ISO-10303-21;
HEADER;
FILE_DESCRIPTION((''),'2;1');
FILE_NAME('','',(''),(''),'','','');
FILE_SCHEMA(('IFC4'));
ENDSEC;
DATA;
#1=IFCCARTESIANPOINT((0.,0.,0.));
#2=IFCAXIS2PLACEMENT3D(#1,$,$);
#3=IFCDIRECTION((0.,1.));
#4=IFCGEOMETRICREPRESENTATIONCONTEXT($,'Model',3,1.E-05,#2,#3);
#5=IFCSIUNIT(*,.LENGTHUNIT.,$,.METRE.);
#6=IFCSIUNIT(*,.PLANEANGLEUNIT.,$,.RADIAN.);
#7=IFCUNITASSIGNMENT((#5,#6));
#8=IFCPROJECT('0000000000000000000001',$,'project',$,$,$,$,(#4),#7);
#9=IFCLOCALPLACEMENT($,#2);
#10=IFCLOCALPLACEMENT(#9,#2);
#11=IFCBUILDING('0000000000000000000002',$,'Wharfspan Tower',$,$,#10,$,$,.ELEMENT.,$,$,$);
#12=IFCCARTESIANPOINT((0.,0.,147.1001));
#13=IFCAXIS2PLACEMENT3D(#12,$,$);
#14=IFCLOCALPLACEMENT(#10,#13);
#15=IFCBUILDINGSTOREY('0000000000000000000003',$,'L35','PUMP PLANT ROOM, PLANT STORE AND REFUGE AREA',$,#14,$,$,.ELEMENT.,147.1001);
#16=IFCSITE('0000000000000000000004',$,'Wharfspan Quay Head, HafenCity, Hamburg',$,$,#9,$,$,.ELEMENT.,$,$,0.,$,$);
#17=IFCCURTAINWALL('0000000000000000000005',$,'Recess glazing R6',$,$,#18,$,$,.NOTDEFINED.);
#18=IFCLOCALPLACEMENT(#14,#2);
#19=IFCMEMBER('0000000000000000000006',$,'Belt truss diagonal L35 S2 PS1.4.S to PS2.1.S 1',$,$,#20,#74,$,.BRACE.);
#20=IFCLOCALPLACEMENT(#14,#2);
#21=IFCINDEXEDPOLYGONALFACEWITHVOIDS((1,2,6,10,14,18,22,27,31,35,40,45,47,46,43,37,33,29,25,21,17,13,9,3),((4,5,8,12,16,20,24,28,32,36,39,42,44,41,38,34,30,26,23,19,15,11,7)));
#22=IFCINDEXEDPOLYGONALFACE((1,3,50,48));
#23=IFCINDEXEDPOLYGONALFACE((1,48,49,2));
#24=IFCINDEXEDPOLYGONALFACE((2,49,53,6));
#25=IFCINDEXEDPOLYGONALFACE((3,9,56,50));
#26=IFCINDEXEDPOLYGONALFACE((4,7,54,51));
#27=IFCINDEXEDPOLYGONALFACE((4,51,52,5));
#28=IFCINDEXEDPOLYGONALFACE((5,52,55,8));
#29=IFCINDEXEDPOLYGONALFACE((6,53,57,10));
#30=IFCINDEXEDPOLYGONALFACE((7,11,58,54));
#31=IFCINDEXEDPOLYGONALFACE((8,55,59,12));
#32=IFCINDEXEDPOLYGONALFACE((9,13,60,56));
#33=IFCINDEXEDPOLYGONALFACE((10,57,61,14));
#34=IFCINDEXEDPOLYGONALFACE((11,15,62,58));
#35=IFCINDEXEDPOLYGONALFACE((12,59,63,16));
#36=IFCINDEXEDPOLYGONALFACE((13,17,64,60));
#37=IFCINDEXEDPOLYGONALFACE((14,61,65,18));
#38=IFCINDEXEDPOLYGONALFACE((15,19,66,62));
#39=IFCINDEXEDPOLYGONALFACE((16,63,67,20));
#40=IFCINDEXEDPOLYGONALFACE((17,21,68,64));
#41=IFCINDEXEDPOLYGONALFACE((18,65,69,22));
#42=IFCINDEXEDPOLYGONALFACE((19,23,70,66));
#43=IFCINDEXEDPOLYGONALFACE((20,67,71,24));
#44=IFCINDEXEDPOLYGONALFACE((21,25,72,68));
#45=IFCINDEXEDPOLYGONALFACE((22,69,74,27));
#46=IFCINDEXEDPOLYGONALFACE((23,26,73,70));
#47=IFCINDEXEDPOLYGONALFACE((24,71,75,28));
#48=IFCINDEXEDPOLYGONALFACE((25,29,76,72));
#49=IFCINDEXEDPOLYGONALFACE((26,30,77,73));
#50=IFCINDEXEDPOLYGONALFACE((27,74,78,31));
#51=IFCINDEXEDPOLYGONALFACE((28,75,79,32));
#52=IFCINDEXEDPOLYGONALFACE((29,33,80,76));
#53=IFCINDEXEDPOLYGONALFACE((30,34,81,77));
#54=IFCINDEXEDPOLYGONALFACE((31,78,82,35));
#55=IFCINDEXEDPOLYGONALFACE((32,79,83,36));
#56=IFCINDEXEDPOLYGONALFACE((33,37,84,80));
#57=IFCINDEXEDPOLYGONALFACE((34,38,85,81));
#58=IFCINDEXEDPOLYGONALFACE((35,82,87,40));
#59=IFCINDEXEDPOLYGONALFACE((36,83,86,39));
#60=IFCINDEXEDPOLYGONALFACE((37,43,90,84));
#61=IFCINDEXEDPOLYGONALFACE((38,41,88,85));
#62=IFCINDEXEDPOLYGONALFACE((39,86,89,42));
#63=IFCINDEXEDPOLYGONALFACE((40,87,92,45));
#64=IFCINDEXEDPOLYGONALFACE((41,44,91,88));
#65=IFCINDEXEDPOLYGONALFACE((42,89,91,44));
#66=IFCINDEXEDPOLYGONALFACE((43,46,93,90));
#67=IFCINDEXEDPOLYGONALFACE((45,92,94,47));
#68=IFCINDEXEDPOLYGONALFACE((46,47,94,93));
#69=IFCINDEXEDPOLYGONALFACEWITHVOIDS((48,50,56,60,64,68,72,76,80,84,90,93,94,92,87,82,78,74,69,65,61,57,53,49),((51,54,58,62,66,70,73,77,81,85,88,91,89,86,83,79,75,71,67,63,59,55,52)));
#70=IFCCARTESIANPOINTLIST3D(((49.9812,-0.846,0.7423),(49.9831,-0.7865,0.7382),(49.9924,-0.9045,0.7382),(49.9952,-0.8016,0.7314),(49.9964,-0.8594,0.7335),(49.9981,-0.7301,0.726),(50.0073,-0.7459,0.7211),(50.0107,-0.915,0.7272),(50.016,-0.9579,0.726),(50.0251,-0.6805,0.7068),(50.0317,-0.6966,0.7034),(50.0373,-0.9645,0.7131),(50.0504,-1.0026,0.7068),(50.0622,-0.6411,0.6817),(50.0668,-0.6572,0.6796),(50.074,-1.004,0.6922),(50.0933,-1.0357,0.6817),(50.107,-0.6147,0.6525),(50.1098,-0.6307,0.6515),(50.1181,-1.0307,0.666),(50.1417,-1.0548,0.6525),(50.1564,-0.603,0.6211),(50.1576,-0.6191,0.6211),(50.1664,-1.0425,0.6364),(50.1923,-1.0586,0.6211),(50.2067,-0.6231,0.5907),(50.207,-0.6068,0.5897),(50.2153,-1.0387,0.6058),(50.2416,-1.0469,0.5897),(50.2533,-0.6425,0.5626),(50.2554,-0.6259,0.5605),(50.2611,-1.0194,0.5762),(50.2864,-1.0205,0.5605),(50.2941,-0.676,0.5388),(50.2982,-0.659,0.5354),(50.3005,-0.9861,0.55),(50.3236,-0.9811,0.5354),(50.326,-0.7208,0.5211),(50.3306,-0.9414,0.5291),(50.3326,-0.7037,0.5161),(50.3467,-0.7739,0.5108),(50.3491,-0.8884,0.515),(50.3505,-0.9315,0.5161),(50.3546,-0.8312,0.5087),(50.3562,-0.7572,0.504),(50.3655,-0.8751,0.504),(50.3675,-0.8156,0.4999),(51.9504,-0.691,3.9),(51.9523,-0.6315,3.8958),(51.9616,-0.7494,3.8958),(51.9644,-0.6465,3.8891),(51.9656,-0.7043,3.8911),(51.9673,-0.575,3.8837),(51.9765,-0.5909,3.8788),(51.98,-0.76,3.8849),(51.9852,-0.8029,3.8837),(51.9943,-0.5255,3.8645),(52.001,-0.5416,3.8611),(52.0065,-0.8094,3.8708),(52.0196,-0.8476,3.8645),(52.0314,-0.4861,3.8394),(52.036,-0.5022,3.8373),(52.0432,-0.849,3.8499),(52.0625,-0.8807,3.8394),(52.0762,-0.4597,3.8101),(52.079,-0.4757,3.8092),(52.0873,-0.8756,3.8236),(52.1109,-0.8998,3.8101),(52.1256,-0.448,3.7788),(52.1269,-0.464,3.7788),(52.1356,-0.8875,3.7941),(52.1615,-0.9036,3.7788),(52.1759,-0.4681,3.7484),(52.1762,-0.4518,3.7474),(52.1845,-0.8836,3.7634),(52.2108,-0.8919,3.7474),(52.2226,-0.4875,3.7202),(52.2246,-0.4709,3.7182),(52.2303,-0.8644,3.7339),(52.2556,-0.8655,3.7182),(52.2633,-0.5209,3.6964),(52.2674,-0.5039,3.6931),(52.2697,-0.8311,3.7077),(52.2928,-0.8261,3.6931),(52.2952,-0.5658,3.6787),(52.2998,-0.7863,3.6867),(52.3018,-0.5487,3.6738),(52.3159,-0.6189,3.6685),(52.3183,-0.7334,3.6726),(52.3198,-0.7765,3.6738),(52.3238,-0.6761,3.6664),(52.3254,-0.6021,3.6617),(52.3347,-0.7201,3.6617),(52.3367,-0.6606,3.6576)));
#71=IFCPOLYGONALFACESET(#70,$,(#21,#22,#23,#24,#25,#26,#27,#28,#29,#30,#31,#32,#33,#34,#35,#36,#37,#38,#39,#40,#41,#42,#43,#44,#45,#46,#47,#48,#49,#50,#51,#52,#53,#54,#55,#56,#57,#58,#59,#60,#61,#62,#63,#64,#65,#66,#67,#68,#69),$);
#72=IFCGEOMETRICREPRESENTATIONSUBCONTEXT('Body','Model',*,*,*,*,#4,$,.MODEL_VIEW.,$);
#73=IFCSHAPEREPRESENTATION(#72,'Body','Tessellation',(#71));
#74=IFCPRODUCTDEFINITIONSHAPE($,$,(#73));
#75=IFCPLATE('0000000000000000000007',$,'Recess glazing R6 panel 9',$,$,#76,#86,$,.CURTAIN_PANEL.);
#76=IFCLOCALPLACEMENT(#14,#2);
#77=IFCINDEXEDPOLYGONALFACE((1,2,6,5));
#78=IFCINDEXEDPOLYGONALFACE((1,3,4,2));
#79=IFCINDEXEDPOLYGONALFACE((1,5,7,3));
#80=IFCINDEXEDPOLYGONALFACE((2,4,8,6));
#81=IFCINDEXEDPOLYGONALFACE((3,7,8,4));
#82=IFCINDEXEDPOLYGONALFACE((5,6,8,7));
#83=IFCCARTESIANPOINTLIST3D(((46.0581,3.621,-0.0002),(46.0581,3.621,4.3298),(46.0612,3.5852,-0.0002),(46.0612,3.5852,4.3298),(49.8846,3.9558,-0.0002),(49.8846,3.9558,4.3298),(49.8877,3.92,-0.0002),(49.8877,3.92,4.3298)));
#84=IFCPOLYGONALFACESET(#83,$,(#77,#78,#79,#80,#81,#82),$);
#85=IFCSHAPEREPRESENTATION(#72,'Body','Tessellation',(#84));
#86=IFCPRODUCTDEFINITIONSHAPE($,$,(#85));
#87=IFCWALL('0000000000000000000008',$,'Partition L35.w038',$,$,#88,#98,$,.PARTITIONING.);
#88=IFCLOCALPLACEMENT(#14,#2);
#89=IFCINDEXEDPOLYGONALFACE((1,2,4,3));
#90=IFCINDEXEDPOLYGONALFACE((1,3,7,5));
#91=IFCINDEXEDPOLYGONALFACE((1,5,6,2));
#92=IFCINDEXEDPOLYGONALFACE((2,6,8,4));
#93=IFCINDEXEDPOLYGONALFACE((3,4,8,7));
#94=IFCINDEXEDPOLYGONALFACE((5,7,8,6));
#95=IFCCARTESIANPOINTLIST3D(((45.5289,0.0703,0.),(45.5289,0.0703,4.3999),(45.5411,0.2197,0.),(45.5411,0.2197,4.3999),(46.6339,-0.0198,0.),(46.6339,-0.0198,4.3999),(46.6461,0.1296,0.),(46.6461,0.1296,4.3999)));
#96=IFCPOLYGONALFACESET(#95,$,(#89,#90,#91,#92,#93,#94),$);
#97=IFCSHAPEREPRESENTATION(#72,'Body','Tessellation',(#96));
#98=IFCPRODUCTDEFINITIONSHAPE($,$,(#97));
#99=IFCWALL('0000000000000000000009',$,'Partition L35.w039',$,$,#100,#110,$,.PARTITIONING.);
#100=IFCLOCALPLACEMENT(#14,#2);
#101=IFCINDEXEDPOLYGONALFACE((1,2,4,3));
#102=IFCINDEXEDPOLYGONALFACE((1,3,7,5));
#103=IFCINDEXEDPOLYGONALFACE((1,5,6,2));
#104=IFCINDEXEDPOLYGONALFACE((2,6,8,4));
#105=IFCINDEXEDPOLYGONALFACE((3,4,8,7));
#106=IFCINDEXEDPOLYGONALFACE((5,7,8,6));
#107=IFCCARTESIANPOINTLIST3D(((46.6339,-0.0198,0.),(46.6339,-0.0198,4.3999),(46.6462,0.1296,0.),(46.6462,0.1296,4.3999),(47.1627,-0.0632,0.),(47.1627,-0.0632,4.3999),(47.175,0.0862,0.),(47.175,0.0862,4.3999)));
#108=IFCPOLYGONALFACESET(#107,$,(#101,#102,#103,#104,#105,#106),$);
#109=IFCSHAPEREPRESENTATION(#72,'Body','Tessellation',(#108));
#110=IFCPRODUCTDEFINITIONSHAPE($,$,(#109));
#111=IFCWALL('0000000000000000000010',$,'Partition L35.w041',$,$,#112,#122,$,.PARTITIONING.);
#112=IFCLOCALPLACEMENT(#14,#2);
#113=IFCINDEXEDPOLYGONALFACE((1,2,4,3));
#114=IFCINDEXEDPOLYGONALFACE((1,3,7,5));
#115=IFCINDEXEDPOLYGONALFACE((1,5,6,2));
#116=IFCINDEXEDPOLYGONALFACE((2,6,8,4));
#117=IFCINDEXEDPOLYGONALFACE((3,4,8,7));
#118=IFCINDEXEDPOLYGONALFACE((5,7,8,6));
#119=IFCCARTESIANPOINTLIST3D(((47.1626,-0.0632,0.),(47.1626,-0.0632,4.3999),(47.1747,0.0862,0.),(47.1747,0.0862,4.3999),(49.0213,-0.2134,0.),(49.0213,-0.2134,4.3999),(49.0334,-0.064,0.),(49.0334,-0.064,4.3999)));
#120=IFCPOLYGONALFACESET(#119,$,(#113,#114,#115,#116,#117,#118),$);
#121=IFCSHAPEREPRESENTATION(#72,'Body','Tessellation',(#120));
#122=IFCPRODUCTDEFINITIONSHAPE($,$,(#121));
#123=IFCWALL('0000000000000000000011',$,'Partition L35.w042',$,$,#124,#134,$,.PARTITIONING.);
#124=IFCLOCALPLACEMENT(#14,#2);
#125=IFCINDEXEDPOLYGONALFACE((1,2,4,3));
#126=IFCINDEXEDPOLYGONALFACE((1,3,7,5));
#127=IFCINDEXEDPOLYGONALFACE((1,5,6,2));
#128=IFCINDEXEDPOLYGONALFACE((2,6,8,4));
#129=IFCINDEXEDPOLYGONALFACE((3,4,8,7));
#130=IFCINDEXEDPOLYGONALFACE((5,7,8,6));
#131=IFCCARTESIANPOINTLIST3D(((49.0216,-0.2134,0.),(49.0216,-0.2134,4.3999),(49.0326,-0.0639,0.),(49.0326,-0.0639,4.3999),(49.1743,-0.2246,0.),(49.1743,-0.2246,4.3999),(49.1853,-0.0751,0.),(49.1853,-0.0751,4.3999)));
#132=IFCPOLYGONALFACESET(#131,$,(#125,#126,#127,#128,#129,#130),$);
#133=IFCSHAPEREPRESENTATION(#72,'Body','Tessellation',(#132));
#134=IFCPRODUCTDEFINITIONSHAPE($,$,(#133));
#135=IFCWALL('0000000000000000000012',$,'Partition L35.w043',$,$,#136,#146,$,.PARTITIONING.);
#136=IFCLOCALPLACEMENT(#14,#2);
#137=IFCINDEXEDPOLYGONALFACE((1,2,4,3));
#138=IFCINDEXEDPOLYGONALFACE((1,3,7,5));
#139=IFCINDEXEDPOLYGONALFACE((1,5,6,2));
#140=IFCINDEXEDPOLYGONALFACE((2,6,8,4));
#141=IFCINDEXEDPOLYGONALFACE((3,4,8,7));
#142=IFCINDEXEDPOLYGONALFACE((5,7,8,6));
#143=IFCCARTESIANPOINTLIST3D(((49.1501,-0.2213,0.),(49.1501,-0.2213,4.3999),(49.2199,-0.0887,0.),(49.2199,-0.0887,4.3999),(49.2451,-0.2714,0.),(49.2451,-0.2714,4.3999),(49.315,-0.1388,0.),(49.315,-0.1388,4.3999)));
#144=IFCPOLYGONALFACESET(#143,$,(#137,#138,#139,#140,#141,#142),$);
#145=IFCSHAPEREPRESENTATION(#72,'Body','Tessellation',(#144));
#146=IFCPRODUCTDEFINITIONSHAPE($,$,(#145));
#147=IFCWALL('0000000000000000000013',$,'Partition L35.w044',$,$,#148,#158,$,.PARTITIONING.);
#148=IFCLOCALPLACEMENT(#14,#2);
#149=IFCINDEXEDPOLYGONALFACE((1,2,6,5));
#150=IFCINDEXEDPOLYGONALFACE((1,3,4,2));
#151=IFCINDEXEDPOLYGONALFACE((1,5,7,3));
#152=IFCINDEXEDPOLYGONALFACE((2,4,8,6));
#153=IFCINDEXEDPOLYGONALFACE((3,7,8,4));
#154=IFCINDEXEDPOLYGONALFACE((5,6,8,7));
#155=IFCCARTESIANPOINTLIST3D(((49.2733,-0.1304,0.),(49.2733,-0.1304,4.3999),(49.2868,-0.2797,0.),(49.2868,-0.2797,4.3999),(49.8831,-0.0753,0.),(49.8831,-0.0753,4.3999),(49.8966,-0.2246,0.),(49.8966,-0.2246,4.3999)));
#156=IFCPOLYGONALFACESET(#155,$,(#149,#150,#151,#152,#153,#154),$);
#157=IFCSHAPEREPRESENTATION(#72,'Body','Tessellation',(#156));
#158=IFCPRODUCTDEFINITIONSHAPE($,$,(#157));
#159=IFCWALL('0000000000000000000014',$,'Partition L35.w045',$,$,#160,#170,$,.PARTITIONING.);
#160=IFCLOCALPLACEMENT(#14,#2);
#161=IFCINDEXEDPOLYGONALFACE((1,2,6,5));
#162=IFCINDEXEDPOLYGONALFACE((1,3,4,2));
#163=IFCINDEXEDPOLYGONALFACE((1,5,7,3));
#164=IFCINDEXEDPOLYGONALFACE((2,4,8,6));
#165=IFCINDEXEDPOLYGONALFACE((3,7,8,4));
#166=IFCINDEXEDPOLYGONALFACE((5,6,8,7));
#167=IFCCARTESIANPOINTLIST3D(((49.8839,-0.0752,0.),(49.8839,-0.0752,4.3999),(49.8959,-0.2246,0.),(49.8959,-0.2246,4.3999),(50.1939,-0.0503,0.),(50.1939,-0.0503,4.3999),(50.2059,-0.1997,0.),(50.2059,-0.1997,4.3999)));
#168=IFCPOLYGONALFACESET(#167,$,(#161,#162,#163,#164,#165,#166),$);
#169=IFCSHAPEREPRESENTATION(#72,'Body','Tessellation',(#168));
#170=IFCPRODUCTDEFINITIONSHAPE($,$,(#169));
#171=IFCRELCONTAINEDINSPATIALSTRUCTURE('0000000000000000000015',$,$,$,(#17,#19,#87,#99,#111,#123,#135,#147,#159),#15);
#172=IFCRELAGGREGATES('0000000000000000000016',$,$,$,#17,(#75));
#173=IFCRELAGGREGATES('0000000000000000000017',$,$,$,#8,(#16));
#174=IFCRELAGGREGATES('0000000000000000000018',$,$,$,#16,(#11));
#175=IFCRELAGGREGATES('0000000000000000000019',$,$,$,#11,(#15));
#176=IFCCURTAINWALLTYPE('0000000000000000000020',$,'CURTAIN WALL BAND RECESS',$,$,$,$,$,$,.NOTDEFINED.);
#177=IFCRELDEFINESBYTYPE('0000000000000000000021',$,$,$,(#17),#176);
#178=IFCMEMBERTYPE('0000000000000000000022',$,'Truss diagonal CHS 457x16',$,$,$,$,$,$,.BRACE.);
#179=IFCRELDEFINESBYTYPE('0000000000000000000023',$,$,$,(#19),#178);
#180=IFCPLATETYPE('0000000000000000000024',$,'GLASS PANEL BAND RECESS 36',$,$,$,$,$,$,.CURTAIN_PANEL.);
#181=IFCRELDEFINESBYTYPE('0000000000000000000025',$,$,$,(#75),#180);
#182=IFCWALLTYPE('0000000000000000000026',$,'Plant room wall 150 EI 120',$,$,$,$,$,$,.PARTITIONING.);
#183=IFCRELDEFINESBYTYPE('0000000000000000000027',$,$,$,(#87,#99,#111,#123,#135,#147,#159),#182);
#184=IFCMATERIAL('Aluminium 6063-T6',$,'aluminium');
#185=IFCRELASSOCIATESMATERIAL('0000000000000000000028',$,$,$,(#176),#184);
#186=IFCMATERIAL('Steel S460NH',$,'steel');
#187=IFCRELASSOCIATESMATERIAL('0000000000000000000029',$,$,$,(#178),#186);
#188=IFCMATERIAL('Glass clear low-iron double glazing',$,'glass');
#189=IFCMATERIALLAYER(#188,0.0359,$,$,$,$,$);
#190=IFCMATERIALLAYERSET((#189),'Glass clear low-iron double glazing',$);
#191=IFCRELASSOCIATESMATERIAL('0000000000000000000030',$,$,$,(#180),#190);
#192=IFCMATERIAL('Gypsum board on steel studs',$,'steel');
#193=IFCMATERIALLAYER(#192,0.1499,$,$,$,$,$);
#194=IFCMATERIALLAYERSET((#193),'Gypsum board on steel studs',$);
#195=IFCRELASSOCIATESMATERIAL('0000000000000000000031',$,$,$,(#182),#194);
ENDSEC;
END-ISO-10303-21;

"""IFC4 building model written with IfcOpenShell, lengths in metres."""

from ifc_helpers import new_model, si_unit, direction, frame, frame_2d, origin, origin_2d, place, context, subcontext, project, spatial, rectangle, hollow_circle, extrude, material, layer, layer_set, material_profile, profile_set, type_object, element, aggregate, save


model = new_model("IFC4")

# Units and contexts
model_context = context("Model", 3, precision=1e-05, world=origin(), true_north=direction((0.0, 1.0)))
body_context = subcontext(model_context, "Body", "Model", "MODEL_VIEW")
ifc_project = project(units=[si_unit("LENGTHUNIT", "METRE"), si_unit("PLANEANGLEUNIT", "RADIAN")], contexts=[model_context])

# Site, building, storey
site_placement = place(None, origin())
site = spatial("IfcSite", under=ifc_project, at=site_placement, Name="Wharfspan Quay Head, HafenCity, Hamburg", CompositionType="ELEMENT", RefElevation=0.0)
building_placement = place(site_placement, origin())
building = spatial("IfcBuilding", under=site, at=building_placement, Name="Wharfspan Tower", CompositionType="ELEMENT")
storey_placement = place(building_placement, frame((0.0, 0.0, 147.1001)))
storey = spatial("IfcBuildingStorey", under=building, at=storey_placement, Name="L35", Description="PUMP PLANT ROOM, PLANT STORE AND REFUGE AREA", CompositionType="ELEMENT", Elevation=147.1001)

# Curtain wall
ifc_material_1 = material(Name="Aluminium 6063-T6", Category="aluminium")
curtain_wall_type = type_object("IfcCurtainWallType", Name="CURTAIN WALL BAND RECESS", PredefinedType="NOTDEFINED", material=ifc_material_1)
curtain_wall_1_placement = place(storey_placement, origin())
curtain_wall_1 = element("IfcCurtainWall", 1, at=curtain_wall_1_placement, inside=storey, type_object=curtain_wall_type, Name="Recess glazing R6", PredefinedType="NOTDEFINED")

# Member
ifc_material_2 = material(Name="Steel S460NH", Category="steel")
ifc_material_profile_1 = material_profile(ifc_material_2, hollow_circle(Radius=0.2285, WallThickness=0.0161, at=origin_2d()))
ifc_profile_set_1 = profile_set([ifc_material_profile_1], Name="Steel S460NH")
member_type_1 = type_object("IfcMemberType", Name="Truss diagonal CHS 457x16", PredefinedType="BRACE", material=ifc_profile_set_1)
member_1_placement = place(storey_placement, frame((50.1743, -0.8308, 0.6211), z_axis=(0.528703, 0.041622, 0.847786), x_axis=(-0.078485, 0.996914, 0.000002)))
element("IfcMember", 2, at=member_1_placement, inside=storey, type_object=member_type_1, Name="Belt truss diagonal L35 S2 PS1.4.S to PS2.1.S 1", PredefinedType="BRACE", context=body_context, shape_type="SweptSolid", body=[
    extrude(hollow_circle(Radius=0.2285, WallThickness=0.0161, at=origin_2d()), origin(), (0.0, 0.0, 1.0), 3.7246),
])

# Plate
ifc_material_3 = material(Name="Glass clear low-iron double glazing", Category="glass")
ifc_layer_1 = layer(ifc_material_3, 0.0359)
ifc_layer_set_1 = layer_set([ifc_layer_1], Name="Glass clear low-iron double glazing")
plate_type = type_object("IfcPlateType", Name="GLASS PANEL BAND RECESS 36", PredefinedType="CURTAIN_PANEL", material=ifc_layer_set_1)
plate_placement = place(storey_placement, frame((47.9729, 3.7705, -0.0002), z_axis=(0.0, 0.0, 1.0), x_axis=(-0.996198, -0.087156, 0.0)))
plate = element("IfcPlate", 3, at=plate_placement, type_object=plate_type, Name="Recess glazing R6 panel 9", PredefinedType="CURTAIN_PANEL", context=body_context, shape_type="SweptSolid", body=[
    extrude(rectangle(XDim=3.8411, YDim=0.0359, at=origin_2d()), origin(), (0.0, 0.0, 1.0), 4.3301),
])
aggregate(curtain_wall_1, [plate])

# Walls
ifc_material_4 = material(Name="Gypsum board on steel studs", Category="steel")
ifc_layer_2 = layer(ifc_material_4, 0.1499)
ifc_layer_set_2 = layer_set([ifc_layer_2], Name="Gypsum board on steel studs")
wall_type = type_object("IfcWallType", Name="Plant room wall 150 EI 120", PredefinedType="PARTITIONING", material=ifc_layer_set_2)
wall_1_placement = place(storey_placement, frame((46.6399, 0.0549, 0.0), z_axis=(0.0, 0.0, 1.0), x_axis=(-0.996689, 0.081259, 0.0)))
element("IfcWall", 4, at=wall_1_placement, inside=storey, type_object=wall_type, Name="Partition L35.w038", PredefinedType="PARTITIONING", context=body_context, shape_type="SweptSolid", body=[
    extrude(rectangle(XDim=1.1086, YDim=0.1499, at=frame_2d((0.5542, 0.0))), origin(), (0.0, 0.0, 1.0), 4.3999),
])
wall_2_placement = place(storey_placement, frame((47.1687, 0.0115, 0.0), z_axis=(0.0, 0.0, 1.0), x_axis=(-0.99664, 0.081903, 0.0)))
element("IfcWall", 5, at=wall_2_placement, inside=storey, type_object=wall_type, Name="Partition L35.w039", PredefinedType="PARTITIONING", context=body_context, shape_type="SweptSolid", body=[
    extrude(rectangle(XDim=0.5305, YDim=0.1499, at=frame_2d((0.2651, 0.0))), origin(), (0.0, 0.0, 1.0), 4.3999),
])
wall_3_placement = place(storey_placement, frame((49.0273, -0.1387, 0.0), z_axis=(0.0, 0.0, 1.0), x_axis=(-0.996757, 0.080521, 0.0)))
element("IfcWall", 6, at=wall_3_placement, inside=storey, type_object=wall_type, Name="Partition L35.w041", PredefinedType="PARTITIONING", context=body_context, shape_type="SweptSolid", body=[
    extrude(rectangle(XDim=1.8647, YDim=0.1499, at=frame_2d((0.9324, 0.0))), origin(), (0.0, 0.0, 1.0), 4.3999),
])
wall_4_placement = place(storey_placement, frame((49.1799, -0.1499, 0.0), z_axis=(0.0, 0.0, 1.0), x_axis=(-0.997298, 0.073401, 0.0)))
element("IfcWall", 7, at=wall_4_placement, inside=storey, type_object=wall_type, Name="Partition L35.w042", PredefinedType="PARTITIONING", context=body_context, shape_type="SweptSolid", body=[
    extrude(rectangle(XDim=0.1531, YDim=0.1499, at=frame_2d((0.0767, 0.0))), origin(), (0.0, 0.0, 1.0), 4.3999),
])
wall_5_placement = place(storey_placement, frame((49.28, -0.2051, 0.0), z_axis=(0.0, 0.0, 1.0), x_axis=(-0.884675, 0.466217, 0.0)))
element("IfcWall", 8, at=wall_5_placement, inside=storey, type_object=wall_type, Name="Partition L35.w043", PredefinedType="PARTITIONING", context=body_context, shape_type="SweptSolid", body=[
    extrude(rectangle(XDim=0.1074, YDim=0.1499, at=frame_2d((0.0537, 0.0))), origin(), (0.0, 0.0, 1.0), 4.3999),
])
wall_6_placement = place(storey_placement, frame((49.28, -0.2051, 0.0), z_axis=(0.0, 0.0, 1.0), x_axis=(0.995928, 0.090104, 0.0)))
element("IfcWall", 9, at=wall_6_placement, inside=storey, type_object=wall_type, Name="Partition L35.w044", PredefinedType="PARTITIONING", context=body_context, shape_type="SweptSolid", body=[
    extrude(rectangle(XDim=0.6123, YDim=0.1499, at=frame_2d((0.3062, 0.0))), origin(), (0.0, 0.0, 1.0), 4.3999),
])
wall_7_placement = place(storey_placement, frame((49.8899, -0.1499, 0.0), z_axis=(0.0, 0.0, 1.0), x_axis=(0.996788, 0.080057, 0.0)))
element("IfcWall", 10, at=wall_7_placement, inside=storey, type_object=wall_type, Name="Partition L35.w045", PredefinedType="PARTITIONING", context=body_context, shape_type="SweptSolid", body=[
    extrude(rectangle(XDim=0.311, YDim=0.1499, at=frame_2d((0.1555, 0.0))), origin(), (0.0, 0.0, 1.0), 4.3999),
])

save(model, "model.ifc")
